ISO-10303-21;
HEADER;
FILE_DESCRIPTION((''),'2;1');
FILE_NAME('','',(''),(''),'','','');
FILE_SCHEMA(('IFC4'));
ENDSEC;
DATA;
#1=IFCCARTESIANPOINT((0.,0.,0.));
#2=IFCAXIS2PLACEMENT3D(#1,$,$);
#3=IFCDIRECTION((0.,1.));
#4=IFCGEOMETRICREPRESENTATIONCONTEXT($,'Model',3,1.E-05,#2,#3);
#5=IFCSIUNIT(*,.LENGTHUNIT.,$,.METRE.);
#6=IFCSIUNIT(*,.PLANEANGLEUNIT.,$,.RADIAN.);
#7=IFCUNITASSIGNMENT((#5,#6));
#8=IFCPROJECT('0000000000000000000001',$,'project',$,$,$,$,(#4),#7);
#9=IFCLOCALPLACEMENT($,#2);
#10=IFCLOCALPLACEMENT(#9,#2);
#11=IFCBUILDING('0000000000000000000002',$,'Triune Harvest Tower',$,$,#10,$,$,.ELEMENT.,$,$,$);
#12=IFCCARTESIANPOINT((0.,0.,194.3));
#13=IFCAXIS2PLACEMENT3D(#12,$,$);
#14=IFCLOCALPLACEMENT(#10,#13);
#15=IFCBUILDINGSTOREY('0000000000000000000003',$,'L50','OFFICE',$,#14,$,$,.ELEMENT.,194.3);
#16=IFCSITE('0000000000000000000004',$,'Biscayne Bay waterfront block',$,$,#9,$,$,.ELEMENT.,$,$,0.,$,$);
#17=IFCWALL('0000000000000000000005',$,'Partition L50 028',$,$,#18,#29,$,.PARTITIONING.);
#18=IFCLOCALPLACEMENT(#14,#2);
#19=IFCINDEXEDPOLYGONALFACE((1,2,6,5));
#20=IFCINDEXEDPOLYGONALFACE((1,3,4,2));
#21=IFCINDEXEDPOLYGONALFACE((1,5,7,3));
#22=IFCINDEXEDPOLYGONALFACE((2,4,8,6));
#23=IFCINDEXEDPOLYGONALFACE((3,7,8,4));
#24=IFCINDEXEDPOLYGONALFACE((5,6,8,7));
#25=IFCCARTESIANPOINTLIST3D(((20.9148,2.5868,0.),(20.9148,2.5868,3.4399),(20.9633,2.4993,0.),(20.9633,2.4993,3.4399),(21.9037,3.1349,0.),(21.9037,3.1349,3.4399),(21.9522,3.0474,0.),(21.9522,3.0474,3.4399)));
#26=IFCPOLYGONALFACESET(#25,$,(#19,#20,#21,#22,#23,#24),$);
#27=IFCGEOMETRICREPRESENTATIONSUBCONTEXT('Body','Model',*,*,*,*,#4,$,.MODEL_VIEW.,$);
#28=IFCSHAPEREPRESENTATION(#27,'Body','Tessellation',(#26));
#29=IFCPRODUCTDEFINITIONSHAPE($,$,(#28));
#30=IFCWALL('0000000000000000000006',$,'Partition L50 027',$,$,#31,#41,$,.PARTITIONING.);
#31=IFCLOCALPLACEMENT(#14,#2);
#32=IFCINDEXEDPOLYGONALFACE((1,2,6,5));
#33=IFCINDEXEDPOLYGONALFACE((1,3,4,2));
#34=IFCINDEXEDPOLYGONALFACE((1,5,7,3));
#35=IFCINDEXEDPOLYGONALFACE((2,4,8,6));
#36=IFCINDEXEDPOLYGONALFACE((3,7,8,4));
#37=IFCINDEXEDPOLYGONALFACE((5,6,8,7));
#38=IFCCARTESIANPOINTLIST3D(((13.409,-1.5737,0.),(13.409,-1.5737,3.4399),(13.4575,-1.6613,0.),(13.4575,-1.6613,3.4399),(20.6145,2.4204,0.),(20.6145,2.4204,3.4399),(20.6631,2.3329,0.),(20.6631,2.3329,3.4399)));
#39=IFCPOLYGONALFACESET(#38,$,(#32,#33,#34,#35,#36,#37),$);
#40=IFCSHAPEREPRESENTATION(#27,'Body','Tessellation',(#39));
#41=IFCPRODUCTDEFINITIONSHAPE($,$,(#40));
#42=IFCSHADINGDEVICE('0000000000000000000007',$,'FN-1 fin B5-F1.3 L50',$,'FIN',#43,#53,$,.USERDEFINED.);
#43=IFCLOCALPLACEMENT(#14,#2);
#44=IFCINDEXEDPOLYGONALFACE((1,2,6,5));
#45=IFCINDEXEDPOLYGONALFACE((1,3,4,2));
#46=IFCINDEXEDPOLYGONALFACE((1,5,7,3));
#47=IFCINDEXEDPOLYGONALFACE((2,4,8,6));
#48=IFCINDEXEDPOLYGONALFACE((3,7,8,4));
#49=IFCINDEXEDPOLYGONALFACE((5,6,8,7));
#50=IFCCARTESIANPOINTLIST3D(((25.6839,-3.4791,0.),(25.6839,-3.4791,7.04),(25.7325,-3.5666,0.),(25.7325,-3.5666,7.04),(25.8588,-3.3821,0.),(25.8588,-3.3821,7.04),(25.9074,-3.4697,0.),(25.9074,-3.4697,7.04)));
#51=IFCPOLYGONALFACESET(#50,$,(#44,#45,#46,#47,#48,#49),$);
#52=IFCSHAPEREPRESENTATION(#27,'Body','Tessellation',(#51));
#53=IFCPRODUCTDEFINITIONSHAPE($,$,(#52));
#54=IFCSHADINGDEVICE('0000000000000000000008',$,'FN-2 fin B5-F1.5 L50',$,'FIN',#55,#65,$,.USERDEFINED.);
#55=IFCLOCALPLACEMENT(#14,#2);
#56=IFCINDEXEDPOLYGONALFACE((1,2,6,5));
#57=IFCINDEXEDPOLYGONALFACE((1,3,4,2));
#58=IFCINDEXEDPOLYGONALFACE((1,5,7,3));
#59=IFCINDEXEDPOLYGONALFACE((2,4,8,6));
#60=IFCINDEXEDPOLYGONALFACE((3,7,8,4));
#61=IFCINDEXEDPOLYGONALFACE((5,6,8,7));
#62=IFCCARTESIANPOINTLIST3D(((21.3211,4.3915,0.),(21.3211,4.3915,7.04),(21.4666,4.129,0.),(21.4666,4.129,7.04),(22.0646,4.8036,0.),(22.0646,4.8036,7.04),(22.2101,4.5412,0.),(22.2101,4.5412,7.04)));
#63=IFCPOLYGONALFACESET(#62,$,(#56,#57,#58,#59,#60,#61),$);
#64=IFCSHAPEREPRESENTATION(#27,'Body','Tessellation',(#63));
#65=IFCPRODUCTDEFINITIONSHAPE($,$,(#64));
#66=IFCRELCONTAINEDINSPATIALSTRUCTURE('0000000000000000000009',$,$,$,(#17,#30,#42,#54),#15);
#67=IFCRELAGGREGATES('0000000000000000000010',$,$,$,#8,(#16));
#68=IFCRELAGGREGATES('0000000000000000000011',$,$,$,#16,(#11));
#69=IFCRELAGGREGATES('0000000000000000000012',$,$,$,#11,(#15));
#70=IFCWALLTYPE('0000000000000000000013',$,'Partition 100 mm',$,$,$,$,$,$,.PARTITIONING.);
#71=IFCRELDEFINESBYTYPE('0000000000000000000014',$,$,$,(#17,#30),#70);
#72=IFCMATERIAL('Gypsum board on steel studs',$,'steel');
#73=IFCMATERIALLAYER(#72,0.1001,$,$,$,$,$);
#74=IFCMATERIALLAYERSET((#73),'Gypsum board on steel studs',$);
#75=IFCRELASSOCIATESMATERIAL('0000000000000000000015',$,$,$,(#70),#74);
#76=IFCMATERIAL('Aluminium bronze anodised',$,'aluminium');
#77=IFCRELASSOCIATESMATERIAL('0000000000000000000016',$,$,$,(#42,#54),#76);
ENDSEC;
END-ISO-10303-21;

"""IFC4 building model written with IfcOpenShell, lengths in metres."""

from ifc_helpers import new_model, si_unit, direction, frame, frame_2d, origin, origin_2d, place, context, subcontext, project, spatial, rectangle, extrude, source, transform, mapped, material, layer, layer_set, type_object, element, save


model = new_model("IFC4")

# Units and contexts
model_context = context("Model", 3, precision=1e-05, world=origin(), true_north=direction((0.0, 1.0)))
body_context = subcontext(model_context, "Body", "Model", "MODEL_VIEW")
ifc_project = project(units=[si_unit("LENGTHUNIT", "METRE"), si_unit("PLANEANGLEUNIT", "RADIAN")], contexts=[model_context])

# Site, building, storey
site_placement = place(None, origin())
site = spatial("IfcSite", under=ifc_project, at=site_placement, Name="Biscayne Bay waterfront block", CompositionType="ELEMENT", RefElevation=0.0)
building_placement = place(site_placement, origin())
building = spatial("IfcBuilding", under=site, at=building_placement, Name="Triune Harvest Tower", CompositionType="ELEMENT")
storey_placement = place(building_placement, frame((0.0, 0.0, 194.3)))
storey = spatial("IfcBuildingStorey", under=building, at=storey_placement, Name="L50", Description="OFFICE", CompositionType="ELEMENT", Elevation=194.3)

# Walls
ifc_material_1 = material(Name="Gypsum board on steel studs", Category="steel")
ifc_layer_1 = layer(ifc_material_1, 0.1001)
ifc_layer_set_1 = layer_set([ifc_layer_1], Name="Gypsum board on steel studs")
wall_type_1 = type_object("IfcWallType", Name="Partition 100 mm", PredefinedType="PARTITIONING", material=ifc_layer_set_1)
shared_shape_1 = source(origin(), body_context, "Body", "SweptSolid", [
    extrude(rectangle(XDim=1.1306, YDim=0.1001, at=frame_2d((0.5654, 0.0))), origin(), (0.0, 0.0, 1.0), 3.4399),
])
wall_1_placement = place(storey_placement, frame((20.939, 2.543, 0.0), z_axis=(0.0, 0.0, 1.0), x_axis=(0.874615, 0.484818, 0.0)))
element("IfcWall", 1, at=wall_1_placement, inside=storey, type_object=wall_type_1, Name="Partition L50 028", PredefinedType="PARTITIONING", context=body_context, shape_type="MappedRepresentation", body=[
    mapped(shared_shape_1, transform((0.0, 0.0, 0.0), scale=1.0)),
])
shared_shape_2 = source(origin(), body_context, "Body", "SweptSolid", [
    extrude(rectangle(XDim=8.2385, YDim=0.1001, at=frame_2d((4.1191, 0.0))), origin(), (0.0, 0.0, 1.0), 3.4399),
])
wall_2_placement = place(storey_placement, frame((13.4333, -1.6174, 0.0), z_axis=(0.0, 0.0, 1.0), x_axis=(0.874618, 0.484812, 0.0)))
element("IfcWall", 2, at=wall_2_placement, inside=storey, type_object=wall_type_1, Name="Partition L50 027", PredefinedType="PARTITIONING", context=body_context, shape_type="MappedRepresentation", body=[
    mapped(shared_shape_2, transform((0.0, 0.0, 0.0), scale=1.0)),
])

# Shading devices
ifc_material_2 = material(Name="Aluminium bronze anodised", Category="aluminium")
shared_shape_3 = source(origin(), body_context, "Body", "SweptSolid", [
    extrude(rectangle(XDim=0.1001, YDim=0.2, at=origin_2d()), origin(), (0.0, 0.0, 1.0), 7.04),
])
shading_device_1_placement = place(storey_placement, frame((25.7957, -3.4744, 0.0), z_axis=(0.0, 0.0, 1.0), x_axis=(-0.484808, 0.87462, 0.0)))
element("IfcShadingDevice", 3, at=shading_device_1_placement, inside=storey, material=ifc_material_2, Name="FN-1 fin B5-F1.3 L50", ObjectType="FIN", PredefinedType="USERDEFINED", context=body_context, shape_type="MappedRepresentation", body=[
    mapped(shared_shape_3, transform((0.0, 0.0, 0.0), scale=1.0)),
])
shared_shape_4 = source(origin(), body_context, "Body", "SweptSolid", [
    extrude(rectangle(XDim=0.3, YDim=0.8501, at=origin_2d()), origin(), (0.0, 0.0, 1.0), 7.04),
])
shading_device_2_placement = place(storey_placement, frame((21.7656, 4.4663, 0.0), z_axis=(0.0, 0.0, 1.0), x_axis=(-0.484808, 0.87462, 0.0)))
element("IfcShadingDevice", 4, at=shading_device_2_placement, inside=storey, material=ifc_material_2, Name="FN-2 fin B5-F1.5 L50", ObjectType="FIN", PredefinedType="USERDEFINED", context=body_context, shape_type="MappedRepresentation", body=[
    mapped(shared_shape_4, transform((0.0, 0.0, 0.0), scale=1.0)),
])

save(model, "model.ifc")
